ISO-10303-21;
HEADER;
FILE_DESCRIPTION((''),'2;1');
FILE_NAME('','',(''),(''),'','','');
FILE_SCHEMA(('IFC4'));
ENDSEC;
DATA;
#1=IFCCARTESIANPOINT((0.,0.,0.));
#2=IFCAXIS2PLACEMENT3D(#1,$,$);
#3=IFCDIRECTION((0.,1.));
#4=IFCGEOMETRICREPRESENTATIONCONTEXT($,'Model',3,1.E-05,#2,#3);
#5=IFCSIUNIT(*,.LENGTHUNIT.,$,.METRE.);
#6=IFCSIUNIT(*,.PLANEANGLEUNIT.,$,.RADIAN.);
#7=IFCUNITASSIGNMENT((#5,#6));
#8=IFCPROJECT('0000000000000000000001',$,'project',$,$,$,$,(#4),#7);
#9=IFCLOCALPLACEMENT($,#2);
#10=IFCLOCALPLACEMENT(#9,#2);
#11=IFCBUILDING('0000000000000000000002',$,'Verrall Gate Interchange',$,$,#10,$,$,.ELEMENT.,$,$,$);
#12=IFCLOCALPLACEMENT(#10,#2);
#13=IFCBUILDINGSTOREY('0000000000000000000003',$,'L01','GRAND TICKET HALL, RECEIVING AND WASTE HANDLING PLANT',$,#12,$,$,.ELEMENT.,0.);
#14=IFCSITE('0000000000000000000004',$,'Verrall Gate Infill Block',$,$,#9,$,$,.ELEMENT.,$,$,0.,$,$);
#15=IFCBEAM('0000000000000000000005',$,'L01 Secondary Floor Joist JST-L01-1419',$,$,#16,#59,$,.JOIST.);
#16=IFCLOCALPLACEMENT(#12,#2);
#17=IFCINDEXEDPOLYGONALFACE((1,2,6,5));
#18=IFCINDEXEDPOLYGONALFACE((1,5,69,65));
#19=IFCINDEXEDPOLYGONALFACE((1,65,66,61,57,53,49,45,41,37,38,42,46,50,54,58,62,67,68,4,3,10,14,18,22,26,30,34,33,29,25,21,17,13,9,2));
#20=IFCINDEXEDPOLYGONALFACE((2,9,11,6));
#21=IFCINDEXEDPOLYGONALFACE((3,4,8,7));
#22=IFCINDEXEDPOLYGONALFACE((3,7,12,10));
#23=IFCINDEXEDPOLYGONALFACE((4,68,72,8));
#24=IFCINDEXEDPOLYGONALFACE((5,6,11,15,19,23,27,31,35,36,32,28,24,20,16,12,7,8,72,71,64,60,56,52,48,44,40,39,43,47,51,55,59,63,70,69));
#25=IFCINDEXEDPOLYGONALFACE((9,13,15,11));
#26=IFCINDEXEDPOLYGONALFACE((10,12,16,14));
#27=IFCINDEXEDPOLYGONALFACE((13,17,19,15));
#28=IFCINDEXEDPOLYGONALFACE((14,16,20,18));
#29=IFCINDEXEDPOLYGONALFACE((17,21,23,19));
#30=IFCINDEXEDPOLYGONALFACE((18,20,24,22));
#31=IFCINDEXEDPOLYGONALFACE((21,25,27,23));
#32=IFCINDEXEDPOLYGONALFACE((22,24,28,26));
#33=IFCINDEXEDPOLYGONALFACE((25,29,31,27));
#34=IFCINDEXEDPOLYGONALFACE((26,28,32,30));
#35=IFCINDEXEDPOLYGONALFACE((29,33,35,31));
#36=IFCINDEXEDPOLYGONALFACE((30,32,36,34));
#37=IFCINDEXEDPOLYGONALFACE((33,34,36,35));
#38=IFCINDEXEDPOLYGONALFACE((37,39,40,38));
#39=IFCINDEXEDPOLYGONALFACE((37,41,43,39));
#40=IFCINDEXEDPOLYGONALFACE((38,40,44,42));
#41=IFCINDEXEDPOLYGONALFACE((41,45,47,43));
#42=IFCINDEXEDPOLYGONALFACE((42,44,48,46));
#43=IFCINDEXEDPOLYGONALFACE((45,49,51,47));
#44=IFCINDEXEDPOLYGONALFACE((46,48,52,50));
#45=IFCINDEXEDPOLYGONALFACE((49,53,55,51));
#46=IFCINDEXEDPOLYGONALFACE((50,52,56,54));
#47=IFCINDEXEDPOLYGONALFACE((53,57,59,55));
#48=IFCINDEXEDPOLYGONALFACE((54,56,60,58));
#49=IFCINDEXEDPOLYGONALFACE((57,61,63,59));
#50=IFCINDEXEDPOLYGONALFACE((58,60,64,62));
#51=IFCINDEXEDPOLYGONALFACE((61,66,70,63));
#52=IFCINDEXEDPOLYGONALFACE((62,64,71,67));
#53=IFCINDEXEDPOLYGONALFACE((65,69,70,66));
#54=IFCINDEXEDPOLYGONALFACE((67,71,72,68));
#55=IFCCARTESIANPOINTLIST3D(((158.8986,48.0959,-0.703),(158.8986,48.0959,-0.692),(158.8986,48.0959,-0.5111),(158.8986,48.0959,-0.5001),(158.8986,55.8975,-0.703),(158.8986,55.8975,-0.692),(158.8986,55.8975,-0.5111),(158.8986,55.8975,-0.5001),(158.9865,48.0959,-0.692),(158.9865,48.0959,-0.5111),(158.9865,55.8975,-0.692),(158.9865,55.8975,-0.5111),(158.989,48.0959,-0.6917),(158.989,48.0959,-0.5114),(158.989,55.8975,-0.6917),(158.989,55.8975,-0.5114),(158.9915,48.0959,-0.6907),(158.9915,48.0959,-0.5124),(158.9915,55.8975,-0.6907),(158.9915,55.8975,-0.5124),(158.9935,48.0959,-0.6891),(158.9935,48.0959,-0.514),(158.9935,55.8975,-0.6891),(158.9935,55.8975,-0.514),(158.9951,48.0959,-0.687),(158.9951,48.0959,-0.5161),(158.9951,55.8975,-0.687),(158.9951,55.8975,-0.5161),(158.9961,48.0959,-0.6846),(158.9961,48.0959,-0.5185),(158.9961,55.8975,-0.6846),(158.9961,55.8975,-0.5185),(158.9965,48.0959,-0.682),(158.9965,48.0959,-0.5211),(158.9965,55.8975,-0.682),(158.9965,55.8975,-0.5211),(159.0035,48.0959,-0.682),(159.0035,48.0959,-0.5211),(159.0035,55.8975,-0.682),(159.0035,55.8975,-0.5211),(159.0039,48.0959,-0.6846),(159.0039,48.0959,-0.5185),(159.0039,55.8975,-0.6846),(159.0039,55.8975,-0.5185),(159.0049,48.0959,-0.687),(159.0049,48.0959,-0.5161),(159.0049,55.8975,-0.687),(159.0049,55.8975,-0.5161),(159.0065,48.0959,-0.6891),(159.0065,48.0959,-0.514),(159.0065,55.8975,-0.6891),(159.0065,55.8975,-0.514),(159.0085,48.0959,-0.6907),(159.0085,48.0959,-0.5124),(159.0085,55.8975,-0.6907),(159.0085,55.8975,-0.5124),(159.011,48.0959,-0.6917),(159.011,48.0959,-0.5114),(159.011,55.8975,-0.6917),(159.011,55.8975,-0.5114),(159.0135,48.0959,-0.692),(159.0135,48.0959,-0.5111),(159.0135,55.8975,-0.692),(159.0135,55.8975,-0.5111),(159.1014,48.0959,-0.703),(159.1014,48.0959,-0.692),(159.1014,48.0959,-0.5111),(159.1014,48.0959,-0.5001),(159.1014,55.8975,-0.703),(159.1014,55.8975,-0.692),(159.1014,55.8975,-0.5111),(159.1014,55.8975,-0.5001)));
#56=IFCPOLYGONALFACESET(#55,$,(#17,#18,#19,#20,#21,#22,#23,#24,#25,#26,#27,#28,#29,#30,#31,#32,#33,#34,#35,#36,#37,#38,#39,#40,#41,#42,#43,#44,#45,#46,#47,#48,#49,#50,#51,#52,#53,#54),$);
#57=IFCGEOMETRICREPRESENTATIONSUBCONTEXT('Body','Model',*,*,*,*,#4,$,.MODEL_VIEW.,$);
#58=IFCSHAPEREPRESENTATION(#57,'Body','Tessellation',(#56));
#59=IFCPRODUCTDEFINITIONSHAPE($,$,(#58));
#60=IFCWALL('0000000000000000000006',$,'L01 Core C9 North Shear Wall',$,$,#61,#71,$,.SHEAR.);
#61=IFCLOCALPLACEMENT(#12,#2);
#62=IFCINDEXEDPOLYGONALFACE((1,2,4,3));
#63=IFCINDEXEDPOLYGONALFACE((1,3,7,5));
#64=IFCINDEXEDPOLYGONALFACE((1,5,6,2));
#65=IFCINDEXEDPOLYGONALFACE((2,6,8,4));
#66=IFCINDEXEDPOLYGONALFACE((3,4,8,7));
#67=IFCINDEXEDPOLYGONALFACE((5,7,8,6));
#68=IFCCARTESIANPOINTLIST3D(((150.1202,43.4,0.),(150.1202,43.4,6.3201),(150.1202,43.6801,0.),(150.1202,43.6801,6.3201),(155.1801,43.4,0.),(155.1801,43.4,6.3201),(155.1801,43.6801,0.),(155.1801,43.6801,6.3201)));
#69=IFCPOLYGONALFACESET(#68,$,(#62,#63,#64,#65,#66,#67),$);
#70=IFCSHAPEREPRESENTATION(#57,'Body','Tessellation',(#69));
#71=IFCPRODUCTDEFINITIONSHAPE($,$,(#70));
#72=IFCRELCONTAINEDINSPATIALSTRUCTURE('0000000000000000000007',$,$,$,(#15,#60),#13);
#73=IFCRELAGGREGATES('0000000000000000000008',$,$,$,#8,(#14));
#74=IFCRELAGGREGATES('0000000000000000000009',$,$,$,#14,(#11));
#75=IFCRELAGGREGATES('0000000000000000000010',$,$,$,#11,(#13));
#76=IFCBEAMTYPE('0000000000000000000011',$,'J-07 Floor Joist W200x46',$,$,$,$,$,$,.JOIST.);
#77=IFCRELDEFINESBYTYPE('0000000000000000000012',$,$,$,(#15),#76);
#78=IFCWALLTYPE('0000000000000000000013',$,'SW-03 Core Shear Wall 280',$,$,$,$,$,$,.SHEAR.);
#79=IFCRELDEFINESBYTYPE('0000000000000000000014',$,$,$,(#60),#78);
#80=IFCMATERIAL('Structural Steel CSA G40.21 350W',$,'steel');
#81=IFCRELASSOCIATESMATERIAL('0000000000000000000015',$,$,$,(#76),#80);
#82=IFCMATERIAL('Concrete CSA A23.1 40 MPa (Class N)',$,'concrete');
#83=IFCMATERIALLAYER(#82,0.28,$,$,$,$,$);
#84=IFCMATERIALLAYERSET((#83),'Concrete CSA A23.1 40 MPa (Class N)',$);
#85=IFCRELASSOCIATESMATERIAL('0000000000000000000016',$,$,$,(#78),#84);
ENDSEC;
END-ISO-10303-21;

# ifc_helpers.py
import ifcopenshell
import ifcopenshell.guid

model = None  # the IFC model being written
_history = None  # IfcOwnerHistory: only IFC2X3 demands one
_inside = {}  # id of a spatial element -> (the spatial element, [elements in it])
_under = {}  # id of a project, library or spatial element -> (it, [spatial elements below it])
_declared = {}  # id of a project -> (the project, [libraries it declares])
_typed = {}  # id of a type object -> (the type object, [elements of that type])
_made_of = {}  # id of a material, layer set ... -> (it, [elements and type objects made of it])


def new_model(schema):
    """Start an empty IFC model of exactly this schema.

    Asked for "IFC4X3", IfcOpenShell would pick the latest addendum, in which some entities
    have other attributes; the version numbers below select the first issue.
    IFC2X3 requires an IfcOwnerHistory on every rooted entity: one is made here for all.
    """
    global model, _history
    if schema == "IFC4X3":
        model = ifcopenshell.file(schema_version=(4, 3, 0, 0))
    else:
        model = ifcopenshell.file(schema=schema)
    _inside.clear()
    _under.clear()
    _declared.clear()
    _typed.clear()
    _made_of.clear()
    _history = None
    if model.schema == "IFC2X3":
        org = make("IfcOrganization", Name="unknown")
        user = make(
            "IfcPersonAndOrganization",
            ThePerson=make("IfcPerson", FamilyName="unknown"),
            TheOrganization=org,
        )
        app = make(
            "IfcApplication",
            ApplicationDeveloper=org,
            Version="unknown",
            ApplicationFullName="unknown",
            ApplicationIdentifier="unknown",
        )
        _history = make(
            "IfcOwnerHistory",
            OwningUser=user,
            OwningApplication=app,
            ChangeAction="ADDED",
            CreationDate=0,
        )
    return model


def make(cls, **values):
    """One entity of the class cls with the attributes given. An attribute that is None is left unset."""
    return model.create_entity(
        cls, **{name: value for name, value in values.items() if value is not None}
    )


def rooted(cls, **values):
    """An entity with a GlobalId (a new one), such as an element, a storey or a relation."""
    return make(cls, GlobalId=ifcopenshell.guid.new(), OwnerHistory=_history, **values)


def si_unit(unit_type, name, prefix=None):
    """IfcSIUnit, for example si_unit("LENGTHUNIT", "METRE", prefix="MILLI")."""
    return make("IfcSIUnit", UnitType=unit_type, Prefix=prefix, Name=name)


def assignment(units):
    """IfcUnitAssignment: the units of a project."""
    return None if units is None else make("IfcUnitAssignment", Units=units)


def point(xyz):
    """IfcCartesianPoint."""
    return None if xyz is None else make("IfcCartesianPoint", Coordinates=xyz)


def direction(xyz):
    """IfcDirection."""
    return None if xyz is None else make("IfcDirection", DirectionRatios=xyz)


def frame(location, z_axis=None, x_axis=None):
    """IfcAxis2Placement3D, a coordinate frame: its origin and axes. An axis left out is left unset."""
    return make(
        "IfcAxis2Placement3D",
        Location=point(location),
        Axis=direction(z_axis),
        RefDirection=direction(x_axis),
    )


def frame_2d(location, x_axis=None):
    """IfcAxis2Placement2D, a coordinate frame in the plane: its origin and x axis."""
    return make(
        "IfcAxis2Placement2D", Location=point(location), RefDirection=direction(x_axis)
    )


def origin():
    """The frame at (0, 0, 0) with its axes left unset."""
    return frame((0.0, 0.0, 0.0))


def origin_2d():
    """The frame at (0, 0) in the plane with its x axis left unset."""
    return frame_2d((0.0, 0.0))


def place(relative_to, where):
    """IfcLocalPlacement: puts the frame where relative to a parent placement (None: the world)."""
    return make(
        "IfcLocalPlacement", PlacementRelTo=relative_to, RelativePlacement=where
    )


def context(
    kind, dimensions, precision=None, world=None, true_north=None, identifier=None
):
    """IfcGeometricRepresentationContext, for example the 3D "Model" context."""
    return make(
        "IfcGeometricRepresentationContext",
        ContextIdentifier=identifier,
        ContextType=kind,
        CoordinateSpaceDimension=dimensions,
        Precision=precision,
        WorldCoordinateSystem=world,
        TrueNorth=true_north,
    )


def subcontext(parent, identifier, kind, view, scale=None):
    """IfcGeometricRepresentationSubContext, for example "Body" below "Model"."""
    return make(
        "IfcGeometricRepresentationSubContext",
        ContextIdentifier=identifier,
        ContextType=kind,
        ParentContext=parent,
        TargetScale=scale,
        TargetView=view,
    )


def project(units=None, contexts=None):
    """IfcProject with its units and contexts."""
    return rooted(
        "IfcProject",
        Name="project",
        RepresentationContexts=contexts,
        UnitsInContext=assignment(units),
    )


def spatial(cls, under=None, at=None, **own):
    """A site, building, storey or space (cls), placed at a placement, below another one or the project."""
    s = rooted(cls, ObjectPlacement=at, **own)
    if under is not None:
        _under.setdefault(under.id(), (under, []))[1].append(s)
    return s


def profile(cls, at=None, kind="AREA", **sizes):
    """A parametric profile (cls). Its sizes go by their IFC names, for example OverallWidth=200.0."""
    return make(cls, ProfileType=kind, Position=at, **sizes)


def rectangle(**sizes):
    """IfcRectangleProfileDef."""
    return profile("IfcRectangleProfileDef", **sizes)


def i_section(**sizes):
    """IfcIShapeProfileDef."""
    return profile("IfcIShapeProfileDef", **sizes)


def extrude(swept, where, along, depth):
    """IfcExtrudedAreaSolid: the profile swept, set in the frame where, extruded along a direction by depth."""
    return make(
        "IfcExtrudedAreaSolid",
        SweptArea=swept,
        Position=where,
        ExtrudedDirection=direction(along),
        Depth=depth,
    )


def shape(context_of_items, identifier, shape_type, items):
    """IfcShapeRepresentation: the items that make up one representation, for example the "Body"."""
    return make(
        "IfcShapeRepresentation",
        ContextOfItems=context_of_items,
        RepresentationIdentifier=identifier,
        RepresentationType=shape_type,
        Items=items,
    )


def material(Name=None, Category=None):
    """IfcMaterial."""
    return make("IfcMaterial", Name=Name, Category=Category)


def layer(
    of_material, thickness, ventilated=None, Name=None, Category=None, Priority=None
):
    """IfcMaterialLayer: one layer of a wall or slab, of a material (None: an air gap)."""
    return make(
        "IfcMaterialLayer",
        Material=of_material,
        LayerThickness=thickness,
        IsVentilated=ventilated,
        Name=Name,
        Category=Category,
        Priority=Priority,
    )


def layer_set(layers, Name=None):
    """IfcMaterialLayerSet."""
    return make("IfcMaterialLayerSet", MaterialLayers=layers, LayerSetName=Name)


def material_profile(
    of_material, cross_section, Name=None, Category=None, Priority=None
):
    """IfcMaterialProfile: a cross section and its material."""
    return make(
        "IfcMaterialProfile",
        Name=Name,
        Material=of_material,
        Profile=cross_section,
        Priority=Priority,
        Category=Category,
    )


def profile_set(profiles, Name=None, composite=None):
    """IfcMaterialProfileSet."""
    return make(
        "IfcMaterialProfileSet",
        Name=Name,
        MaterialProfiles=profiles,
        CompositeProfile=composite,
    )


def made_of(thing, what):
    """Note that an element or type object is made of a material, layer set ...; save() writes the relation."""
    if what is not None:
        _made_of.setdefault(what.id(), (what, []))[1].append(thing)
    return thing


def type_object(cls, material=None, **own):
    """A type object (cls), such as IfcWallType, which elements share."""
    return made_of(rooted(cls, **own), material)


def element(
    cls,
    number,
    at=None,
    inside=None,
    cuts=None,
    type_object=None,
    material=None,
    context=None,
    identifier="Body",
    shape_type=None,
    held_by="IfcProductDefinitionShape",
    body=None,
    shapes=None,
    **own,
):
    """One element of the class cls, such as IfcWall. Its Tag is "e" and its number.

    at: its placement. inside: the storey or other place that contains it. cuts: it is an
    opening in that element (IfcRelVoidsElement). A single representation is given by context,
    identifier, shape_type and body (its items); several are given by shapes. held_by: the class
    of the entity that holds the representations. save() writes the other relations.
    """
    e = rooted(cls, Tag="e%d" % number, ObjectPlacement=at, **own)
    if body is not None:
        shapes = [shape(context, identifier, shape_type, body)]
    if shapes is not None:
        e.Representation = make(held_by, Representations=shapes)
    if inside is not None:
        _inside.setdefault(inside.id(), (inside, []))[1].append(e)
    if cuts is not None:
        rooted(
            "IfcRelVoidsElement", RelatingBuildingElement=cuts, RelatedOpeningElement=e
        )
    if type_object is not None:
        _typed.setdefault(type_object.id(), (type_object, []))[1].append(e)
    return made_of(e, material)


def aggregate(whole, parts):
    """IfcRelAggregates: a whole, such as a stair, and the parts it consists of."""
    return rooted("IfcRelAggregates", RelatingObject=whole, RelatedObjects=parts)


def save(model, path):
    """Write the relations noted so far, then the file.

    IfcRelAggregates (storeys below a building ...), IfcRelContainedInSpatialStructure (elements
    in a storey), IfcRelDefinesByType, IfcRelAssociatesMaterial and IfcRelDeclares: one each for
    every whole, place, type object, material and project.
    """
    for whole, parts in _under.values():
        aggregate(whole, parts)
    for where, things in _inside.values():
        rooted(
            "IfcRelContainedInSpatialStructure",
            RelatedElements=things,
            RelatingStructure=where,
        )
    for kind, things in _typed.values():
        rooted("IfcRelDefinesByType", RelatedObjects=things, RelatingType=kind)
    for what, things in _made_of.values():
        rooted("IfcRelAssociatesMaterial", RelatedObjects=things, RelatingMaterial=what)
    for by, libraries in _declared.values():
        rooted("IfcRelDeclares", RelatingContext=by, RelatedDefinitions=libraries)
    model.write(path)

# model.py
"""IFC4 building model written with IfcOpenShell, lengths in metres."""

from ifc_helpers import new_model, si_unit, direction, frame, frame_2d, origin, origin_2d, place, context, subcontext, project, spatial, rectangle, i_section, extrude, material, layer, layer_set, material_profile, profile_set, type_object, element, save


model = new_model("IFC4")

# Units and contexts
model_context = context("Model", 3, precision=1e-05, world=origin(), true_north=direction((0.0, 1.0)))
body_context = subcontext(model_context, "Body", "Model", "MODEL_VIEW")
ifc_project = project(units=[si_unit("LENGTHUNIT", "METRE"), si_unit("PLANEANGLEUNIT", "RADIAN")], contexts=[model_context])

# Site, building, storey
site_placement = place(None, origin())
site = spatial("IfcSite", under=ifc_project, at=site_placement, Name="Verrall Gate Infill Block", CompositionType="ELEMENT", RefElevation=0.0)
building_placement = place(site_placement, origin())
building = spatial("IfcBuilding", under=site, at=building_placement, Name="Verrall Gate Interchange", CompositionType="ELEMENT")
storey_placement = place(building_placement, origin())
storey = spatial("IfcBuildingStorey", under=building, at=storey_placement, Name="L01", Description="GRAND TICKET HALL, RECEIVING AND WASTE HANDLING PLANT", CompositionType="ELEMENT", Elevation=0.0)

# Beam
ifc_material_1 = material(Name="Structural Steel CSA G40.21 350W", Category="steel")
ifc_material_profile_1 = material_profile(ifc_material_1, i_section(OverallWidth=0.2029, OverallDepth=0.2029, WebThickness=0.0071, FlangeThickness=0.011, FilletRadius=0.01, at=origin_2d()), Name="W200x46")
ifc_profile_set_1 = profile_set([ifc_material_profile_1], Name="Structural Steel CSA G40.21 350W")
beam_type_1 = type_object("IfcBeamType", Name="J-07 Floor Joist W200x46", PredefinedType="JOIST", material=ifc_profile_set_1)
beam_1_placement = place(storey_placement, frame((159.0, 48.0959, -0.6016), z_axis=(0.0, 1.0, 0.0), x_axis=(-1.0, 0.0, 0.0)))
element("IfcBeam", 1, at=beam_1_placement, inside=storey, type_object=beam_type_1, Name="L01 Secondary Floor Joist JST-L01-1419", PredefinedType="JOIST", context=body_context, shape_type="SweptSolid", body=[
    extrude(i_section(OverallWidth=0.2029, OverallDepth=0.2029, WebThickness=0.0071, FlangeThickness=0.011, FilletRadius=0.01, at=origin_2d()), origin(), (0.0, 0.0, 1.0), 7.8015),
])

# Wall
ifc_material_2 = material(Name="Concrete CSA A23.1 40 MPa (Class N)", Category="concrete")
ifc_layer = layer(ifc_material_2, 0.28)
ifc_layer_set = layer_set([ifc_layer], Name="Concrete CSA A23.1 40 MPa (Class N)")
wall_type = type_object("IfcWallType", Name="SW-03 Core Shear Wall 280", PredefinedType="SHEAR", material=ifc_layer_set)
wall_placement = place(storey_placement, frame((155.1799, 43.54, 0.0), z_axis=(0.0, 0.0, 1.0), x_axis=(-1.0, 0.0, 0.0)))
element("IfcWall", 2, at=wall_placement, inside=storey, type_object=wall_type, Name="L01 Core C9 North Shear Wall", PredefinedType="SHEAR", context=body_context, shape_type="SweptSolid", body=[
    extrude(rectangle(XDim=5.0598, YDim=0.28, at=frame_2d((2.5298, 0.0))), origin(), (0.0, 0.0, 1.0), 6.3201),
])

save(model, "model.ifc")
